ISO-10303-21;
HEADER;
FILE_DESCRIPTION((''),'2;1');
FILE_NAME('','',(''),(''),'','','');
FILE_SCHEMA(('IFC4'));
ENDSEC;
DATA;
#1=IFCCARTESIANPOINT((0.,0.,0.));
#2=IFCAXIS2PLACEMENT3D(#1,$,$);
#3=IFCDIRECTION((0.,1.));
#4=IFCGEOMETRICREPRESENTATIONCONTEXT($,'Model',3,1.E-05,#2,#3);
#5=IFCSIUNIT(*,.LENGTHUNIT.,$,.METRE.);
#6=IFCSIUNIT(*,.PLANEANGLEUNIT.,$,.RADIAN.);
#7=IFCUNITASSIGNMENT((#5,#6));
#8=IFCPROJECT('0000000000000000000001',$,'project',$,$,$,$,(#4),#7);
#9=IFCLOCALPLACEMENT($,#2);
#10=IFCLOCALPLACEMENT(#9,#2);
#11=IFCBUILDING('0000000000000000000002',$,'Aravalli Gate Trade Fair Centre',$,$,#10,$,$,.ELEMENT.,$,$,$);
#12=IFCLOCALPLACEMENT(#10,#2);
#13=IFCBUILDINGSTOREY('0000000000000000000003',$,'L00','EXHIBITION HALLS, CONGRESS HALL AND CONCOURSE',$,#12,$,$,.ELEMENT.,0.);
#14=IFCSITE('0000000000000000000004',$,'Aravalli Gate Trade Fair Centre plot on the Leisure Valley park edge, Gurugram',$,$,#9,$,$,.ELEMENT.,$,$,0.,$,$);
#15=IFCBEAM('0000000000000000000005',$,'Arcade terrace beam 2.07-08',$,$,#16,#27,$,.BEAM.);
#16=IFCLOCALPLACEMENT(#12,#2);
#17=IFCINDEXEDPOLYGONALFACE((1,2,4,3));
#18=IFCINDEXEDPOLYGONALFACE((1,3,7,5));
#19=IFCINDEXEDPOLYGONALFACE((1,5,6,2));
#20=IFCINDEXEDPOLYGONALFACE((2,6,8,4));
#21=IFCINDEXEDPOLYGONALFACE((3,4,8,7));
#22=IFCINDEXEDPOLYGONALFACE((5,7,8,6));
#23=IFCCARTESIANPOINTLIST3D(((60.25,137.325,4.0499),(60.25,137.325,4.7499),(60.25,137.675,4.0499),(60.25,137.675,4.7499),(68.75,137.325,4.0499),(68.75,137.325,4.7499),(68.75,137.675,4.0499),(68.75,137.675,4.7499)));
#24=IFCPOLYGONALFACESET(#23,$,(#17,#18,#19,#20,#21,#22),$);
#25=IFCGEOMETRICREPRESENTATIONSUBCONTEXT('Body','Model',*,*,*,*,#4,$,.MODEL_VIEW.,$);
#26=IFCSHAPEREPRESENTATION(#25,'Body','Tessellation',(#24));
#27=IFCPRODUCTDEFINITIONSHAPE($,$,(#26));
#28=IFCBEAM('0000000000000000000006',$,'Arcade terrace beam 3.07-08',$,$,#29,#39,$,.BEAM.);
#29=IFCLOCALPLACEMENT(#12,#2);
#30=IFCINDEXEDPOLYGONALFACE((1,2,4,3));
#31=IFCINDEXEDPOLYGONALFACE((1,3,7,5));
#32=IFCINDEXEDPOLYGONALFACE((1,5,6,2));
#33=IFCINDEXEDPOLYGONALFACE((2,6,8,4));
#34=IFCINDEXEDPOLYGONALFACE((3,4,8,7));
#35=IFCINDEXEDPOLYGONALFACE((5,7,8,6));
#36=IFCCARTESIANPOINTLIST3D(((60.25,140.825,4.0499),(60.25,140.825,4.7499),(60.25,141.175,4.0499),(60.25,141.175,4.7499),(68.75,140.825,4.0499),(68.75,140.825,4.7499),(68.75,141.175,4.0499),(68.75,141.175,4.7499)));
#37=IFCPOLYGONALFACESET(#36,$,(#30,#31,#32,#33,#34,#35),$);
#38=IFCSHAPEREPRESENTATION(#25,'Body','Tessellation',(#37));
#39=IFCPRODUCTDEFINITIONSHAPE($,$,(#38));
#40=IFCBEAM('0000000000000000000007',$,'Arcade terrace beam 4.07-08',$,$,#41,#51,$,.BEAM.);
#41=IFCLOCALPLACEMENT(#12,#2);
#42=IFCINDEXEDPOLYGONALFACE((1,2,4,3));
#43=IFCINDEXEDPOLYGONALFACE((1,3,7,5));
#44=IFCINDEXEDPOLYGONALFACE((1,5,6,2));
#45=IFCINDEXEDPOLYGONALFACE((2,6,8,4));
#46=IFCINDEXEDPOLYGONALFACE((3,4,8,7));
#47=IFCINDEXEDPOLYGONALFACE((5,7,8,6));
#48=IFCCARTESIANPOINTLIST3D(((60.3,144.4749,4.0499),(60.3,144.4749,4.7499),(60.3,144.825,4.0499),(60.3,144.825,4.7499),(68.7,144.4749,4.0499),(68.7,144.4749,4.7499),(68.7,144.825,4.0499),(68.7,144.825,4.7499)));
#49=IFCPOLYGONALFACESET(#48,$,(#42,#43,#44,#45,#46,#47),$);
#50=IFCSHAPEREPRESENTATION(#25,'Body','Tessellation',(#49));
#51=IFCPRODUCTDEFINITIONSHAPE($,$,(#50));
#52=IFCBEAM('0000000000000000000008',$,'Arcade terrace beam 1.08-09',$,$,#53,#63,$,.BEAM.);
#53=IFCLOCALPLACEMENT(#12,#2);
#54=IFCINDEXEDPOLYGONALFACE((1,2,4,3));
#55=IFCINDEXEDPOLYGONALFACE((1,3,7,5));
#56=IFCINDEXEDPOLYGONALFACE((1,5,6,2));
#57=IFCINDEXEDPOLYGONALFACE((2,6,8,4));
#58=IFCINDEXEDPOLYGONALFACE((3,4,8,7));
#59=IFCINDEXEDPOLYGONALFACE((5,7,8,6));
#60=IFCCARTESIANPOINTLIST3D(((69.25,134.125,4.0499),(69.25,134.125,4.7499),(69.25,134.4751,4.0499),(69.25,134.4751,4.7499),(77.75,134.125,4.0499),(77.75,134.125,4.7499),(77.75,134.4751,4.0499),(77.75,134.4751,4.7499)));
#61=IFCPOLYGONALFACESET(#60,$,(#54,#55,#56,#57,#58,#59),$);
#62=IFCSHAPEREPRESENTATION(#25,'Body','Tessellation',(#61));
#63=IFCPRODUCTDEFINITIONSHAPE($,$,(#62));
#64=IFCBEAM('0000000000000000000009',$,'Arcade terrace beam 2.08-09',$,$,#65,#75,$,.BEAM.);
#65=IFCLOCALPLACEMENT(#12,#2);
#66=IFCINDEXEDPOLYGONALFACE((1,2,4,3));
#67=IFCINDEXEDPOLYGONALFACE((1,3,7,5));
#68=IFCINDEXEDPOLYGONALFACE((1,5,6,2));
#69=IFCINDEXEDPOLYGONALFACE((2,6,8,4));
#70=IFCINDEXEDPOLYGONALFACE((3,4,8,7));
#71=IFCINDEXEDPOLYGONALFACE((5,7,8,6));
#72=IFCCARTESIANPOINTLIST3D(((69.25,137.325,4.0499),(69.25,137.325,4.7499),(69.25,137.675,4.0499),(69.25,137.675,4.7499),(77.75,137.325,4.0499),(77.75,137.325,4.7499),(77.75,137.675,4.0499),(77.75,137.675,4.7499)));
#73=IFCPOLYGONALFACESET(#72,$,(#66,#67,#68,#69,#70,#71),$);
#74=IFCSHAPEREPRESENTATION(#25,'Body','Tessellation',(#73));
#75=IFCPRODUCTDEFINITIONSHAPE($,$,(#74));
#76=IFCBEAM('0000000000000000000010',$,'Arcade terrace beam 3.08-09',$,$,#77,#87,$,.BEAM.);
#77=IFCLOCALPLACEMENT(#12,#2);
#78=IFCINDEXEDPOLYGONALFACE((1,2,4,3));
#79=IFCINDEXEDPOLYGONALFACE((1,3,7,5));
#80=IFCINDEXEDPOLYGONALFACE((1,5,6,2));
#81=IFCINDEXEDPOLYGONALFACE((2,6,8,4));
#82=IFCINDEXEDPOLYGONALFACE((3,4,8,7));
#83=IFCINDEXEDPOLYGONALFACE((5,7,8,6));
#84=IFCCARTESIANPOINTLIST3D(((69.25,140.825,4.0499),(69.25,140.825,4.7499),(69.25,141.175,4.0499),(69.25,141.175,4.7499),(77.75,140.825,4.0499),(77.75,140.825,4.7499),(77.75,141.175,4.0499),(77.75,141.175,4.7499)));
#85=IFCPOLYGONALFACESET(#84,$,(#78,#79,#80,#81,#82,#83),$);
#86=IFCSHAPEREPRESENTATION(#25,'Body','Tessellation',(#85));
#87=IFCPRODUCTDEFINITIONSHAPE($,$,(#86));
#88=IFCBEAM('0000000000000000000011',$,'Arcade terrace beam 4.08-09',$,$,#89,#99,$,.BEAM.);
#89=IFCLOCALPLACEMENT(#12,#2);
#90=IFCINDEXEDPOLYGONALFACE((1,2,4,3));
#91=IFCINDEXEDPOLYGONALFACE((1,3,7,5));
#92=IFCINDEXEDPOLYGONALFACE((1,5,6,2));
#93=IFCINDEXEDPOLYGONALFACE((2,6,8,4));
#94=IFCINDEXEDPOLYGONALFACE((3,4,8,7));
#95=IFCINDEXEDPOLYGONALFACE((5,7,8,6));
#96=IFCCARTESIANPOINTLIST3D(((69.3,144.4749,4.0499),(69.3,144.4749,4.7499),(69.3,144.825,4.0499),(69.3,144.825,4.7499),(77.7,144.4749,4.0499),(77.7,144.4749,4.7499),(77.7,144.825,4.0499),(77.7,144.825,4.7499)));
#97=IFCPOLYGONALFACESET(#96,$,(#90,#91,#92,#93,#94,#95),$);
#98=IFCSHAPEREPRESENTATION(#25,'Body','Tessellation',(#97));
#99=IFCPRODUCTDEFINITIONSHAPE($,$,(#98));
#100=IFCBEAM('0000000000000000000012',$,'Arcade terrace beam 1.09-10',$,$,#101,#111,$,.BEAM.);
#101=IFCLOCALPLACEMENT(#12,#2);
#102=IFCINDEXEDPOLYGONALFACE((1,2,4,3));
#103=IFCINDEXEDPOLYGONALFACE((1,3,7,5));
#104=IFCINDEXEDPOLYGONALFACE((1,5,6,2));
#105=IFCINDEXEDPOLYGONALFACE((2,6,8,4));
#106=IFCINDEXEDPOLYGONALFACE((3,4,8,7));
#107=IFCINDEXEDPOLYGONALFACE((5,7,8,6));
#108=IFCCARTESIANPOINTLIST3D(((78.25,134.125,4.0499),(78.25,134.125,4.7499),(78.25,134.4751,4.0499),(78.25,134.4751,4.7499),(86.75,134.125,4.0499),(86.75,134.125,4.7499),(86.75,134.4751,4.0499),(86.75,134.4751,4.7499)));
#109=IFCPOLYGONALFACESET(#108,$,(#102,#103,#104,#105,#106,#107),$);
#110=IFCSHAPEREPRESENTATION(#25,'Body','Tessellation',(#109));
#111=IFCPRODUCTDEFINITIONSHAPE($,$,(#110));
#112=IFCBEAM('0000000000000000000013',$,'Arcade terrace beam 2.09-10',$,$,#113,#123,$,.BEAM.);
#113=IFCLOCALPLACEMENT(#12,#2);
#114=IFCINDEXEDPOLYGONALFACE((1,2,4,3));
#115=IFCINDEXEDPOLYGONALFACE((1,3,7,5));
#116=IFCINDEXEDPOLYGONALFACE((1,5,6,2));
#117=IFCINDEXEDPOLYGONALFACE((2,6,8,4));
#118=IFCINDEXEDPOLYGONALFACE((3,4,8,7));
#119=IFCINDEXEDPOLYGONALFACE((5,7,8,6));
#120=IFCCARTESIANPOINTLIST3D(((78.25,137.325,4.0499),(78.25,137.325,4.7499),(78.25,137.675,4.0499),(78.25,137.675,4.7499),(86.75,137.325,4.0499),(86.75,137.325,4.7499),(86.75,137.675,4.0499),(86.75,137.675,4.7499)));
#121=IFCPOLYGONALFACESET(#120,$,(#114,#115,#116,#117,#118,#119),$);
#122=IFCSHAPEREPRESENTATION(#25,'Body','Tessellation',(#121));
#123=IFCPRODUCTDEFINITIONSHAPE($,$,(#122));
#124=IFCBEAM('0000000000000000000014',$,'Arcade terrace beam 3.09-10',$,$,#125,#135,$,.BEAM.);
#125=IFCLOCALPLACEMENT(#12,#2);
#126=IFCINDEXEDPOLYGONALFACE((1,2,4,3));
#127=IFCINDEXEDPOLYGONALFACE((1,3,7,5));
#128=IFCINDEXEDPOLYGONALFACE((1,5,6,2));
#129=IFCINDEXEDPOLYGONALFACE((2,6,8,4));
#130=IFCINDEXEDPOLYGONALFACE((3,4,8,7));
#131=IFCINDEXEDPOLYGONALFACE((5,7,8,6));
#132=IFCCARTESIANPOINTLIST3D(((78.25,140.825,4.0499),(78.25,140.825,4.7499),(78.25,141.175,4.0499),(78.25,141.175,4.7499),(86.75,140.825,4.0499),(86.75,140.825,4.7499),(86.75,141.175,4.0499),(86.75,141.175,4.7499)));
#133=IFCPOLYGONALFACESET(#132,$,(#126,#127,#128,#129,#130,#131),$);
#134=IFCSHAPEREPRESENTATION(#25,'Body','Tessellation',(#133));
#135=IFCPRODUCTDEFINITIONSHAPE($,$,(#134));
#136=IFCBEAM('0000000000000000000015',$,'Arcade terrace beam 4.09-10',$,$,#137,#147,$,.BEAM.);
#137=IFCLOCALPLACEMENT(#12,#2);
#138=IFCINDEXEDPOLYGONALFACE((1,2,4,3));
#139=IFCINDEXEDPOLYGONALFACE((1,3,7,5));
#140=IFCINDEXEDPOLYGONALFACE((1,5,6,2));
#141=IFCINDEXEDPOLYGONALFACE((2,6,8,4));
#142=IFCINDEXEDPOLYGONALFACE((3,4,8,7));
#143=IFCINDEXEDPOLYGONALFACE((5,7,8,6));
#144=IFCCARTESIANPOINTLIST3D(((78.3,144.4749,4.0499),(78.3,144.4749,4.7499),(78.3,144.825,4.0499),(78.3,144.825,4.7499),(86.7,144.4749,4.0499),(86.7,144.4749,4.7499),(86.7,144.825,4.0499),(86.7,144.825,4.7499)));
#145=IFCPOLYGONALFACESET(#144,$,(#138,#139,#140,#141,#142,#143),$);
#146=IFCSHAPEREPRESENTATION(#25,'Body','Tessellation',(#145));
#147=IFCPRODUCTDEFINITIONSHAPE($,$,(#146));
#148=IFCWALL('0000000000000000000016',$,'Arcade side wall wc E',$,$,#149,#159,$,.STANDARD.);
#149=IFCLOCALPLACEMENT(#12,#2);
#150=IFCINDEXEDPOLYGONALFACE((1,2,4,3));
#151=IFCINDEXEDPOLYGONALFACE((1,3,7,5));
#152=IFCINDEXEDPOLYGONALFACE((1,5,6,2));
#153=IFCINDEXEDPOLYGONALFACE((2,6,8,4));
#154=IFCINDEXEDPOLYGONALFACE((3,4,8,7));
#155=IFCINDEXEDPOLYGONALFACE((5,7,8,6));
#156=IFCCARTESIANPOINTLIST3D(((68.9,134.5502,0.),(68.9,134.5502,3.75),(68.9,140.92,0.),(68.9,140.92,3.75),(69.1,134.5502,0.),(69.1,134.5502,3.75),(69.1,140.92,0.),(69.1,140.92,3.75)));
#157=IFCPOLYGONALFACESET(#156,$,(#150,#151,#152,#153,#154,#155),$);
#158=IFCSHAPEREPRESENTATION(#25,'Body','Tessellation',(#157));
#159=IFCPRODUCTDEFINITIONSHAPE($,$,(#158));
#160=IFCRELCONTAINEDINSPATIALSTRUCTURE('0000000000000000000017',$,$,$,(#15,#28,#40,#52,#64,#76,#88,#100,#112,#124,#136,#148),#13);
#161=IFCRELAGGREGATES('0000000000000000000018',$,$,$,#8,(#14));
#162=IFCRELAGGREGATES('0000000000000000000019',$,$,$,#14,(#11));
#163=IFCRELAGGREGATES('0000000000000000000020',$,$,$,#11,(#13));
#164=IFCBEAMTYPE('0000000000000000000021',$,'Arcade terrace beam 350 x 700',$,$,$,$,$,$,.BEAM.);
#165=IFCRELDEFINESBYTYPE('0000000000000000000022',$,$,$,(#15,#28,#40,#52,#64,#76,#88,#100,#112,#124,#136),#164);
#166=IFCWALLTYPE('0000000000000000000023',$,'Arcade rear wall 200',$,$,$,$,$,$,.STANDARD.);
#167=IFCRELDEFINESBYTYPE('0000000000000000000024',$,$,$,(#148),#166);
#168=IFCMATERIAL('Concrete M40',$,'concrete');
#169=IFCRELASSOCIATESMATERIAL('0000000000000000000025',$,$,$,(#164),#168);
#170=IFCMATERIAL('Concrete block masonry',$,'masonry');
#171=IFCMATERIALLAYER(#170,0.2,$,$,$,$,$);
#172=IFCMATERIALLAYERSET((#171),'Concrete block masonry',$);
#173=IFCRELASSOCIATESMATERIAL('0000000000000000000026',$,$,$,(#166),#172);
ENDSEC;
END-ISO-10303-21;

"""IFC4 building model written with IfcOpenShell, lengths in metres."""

from ifc_helpers import new_model, si_unit, direction, frame, frame_2d, origin, origin_2d, place, context, subcontext, project, spatial, rectangle, extrude, material, layer, layer_set, material_profile, profile_set, type_object, element, save


model = new_model("IFC4")

# Units and contexts
model_context = context("Model", 3, precision=1e-05, world=origin(), true_north=direction((0.0, 1.0)))
body_context = subcontext(model_context, "Body", "Model", "MODEL_VIEW")
ifc_project = project(units=[si_unit("LENGTHUNIT", "METRE"), si_unit("PLANEANGLEUNIT", "RADIAN")], contexts=[model_context])

# Site, building, storey
site_placement = place(None, origin())
site = spatial("IfcSite", under=ifc_project, at=site_placement, Name="Aravalli Gate Trade Fair Centre plot on the Leisure Valley park edge, Gurugram", CompositionType="ELEMENT", RefElevation=0.0)
building_placement = place(site_placement, origin())
building = spatial("IfcBuilding", under=site, at=building_placement, Name="Aravalli Gate Trade Fair Centre", CompositionType="ELEMENT")
storey_placement = place(building_placement, origin())
storey = spatial("IfcBuildingStorey", under=building, at=storey_placement, Name="L00", Description="EXHIBITION HALLS, CONGRESS HALL AND CONCOURSE", CompositionType="ELEMENT", Elevation=0.0)

# Beams
ifc_material_1 = material(Name="Concrete M40", Category="concrete")
ifc_material_profile_1 = material_profile(ifc_material_1, rectangle(XDim=0.3501, YDim=0.7, at=origin_2d()), Name="Arcade terrace beam 350 x 700")
ifc_profile_set_1 = profile_set([ifc_material_profile_1], Name="Concrete M40")
beam_type_1 = type_object("IfcBeamType", Name="Arcade terrace beam 350 x 700", PredefinedType="BEAM", material=ifc_profile_set_1)
for number, where, z_axis, x_axis, name in (
    (1, (60.25, 137.5, 4.3999), (1.0, 0.0, 0.0), (0.0, 1.0, 0.0), "Arcade terrace beam 2.07-08"),
    (2, (60.25, 141.0, 4.3999), (1.0, 0.0, 0.0), (0.0, 1.0, 0.0), "Arcade terrace beam 3.07-08"),
):
    element("IfcBeam", number, at=place(storey_placement, frame(where, z_axis=z_axis, x_axis=x_axis)), inside=storey, type_object=beam_type_1, Name=name, PredefinedType="BEAM", context=body_context, shape_type="SweptSolid", body=[
        extrude(rectangle(XDim=0.3501, YDim=0.7, at=origin_2d()), origin(), (0.0, 0.0, 1.0), 8.5),
    ])
beam_1_placement = place(storey_placement, frame((60.3, 144.6499, 4.3999), z_axis=(1.0, 0.0, 0.0), x_axis=(0.0, 1.0, 0.0)))
element("IfcBeam", 3, at=beam_1_placement, inside=storey, type_object=beam_type_1, Name="Arcade terrace beam 4.07-08", PredefinedType="BEAM", context=body_context, shape_type="SweptSolid", body=[
    extrude(rectangle(XDim=0.3501, YDim=0.7, at=origin_2d()), origin(), (0.0, 0.0, 1.0), 8.3999),
])
for number, where, z_axis, x_axis, name in (
    (4, (69.25, 134.3, 4.3999), (1.0, 0.0, 0.0), (0.0, 1.0, 0.0), "Arcade terrace beam 1.08-09"),
    (5, (69.25, 137.5, 4.3999), (1.0, 0.0, 0.0), (0.0, 1.0, 0.0), "Arcade terrace beam 2.08-09"),
    (6, (69.25, 141.0, 4.3999), (1.0, 0.0, 0.0), (0.0, 1.0, 0.0), "Arcade terrace beam 3.08-09"),
):
    element("IfcBeam", number, at=place(storey_placement, frame(where, z_axis=z_axis, x_axis=x_axis)), inside=storey, type_object=beam_type_1, Name=name, PredefinedType="BEAM", context=body_context, shape_type="SweptSolid", body=[
        extrude(rectangle(XDim=0.3501, YDim=0.7, at=origin_2d()), origin(), (0.0, 0.0, 1.0), 8.5),
    ])
beam_2_placement = place(storey_placement, frame((69.3, 144.6499, 4.3999), z_axis=(1.0, 0.0, 0.0), x_axis=(0.0, 1.0, 0.0)))
element("IfcBeam", 7, at=beam_2_placement, inside=storey, type_object=beam_type_1, Name="Arcade terrace beam 4.08-09", PredefinedType="BEAM", context=body_context, shape_type="SweptSolid", body=[
    extrude(rectangle(XDim=0.3501, YDim=0.7, at=origin_2d()), origin(), (0.0, 0.0, 1.0), 8.3999),
])
for number, where, z_axis, x_axis, name in (
    (8, (78.25, 134.3, 4.3999), (1.0, 0.0, 0.0), (0.0, 1.0, 0.0), "Arcade terrace beam 1.09-10"),
    (9, (78.25, 137.5, 4.3999), (1.0, 0.0, 0.0), (0.0, 1.0, 0.0), "Arcade terrace beam 2.09-10"),
    (10, (78.25, 141.0, 4.3999), (1.0, 0.0, 0.0), (0.0, 1.0, 0.0), "Arcade terrace beam 3.09-10"),
):
    element("IfcBeam", number, at=place(storey_placement, frame(where, z_axis=z_axis, x_axis=x_axis)), inside=storey, type_object=beam_type_1, Name=name, PredefinedType="BEAM", context=body_context, shape_type="SweptSolid", body=[
        extrude(rectangle(XDim=0.3501, YDim=0.7, at=origin_2d()), origin(), (0.0, 0.0, 1.0), 8.5),
    ])
beam_3_placement = place(storey_placement, frame((78.3, 144.6499, 4.3999), z_axis=(1.0, 0.0, 0.0), x_axis=(0.0, 1.0, 0.0)))
element("IfcBeam", 11, at=beam_3_placement, inside=storey, type_object=beam_type_1, Name="Arcade terrace beam 4.09-10", PredefinedType="BEAM", context=body_context, shape_type="SweptSolid", body=[
    extrude(rectangle(XDim=0.3501, YDim=0.7, at=origin_2d()), origin(), (0.0, 0.0, 1.0), 8.3999),
])

# Wall
ifc_material_2 = material(Name="Concrete block masonry", Category="masonry")
ifc_layer = layer(ifc_material_2, 0.2)
ifc_layer_set = layer_set([ifc_layer], Name="Concrete block masonry")
wall_type = type_object("IfcWallType", Name="Arcade rear wall 200", PredefinedType="STANDARD", material=ifc_layer_set)
wall_placement = place(storey_placement, frame((69.0, 134.55, 0.0), z_axis=(0.0, 0.0, 1.0), x_axis=(0.0, 1.0, 0.0)))
element("IfcWall", 12, at=wall_placement, inside=storey, type_object=wall_type, Name="Arcade side wall wc E", PredefinedType="STANDARD", context=body_context, shape_type="SweptSolid", body=[
    extrude(rectangle(XDim=6.3699, YDim=0.2, at=frame_2d((3.1851, 0.0))), origin(), (0.0, 0.0, 1.0), 3.75),
])

save(model, "model.ifc")
